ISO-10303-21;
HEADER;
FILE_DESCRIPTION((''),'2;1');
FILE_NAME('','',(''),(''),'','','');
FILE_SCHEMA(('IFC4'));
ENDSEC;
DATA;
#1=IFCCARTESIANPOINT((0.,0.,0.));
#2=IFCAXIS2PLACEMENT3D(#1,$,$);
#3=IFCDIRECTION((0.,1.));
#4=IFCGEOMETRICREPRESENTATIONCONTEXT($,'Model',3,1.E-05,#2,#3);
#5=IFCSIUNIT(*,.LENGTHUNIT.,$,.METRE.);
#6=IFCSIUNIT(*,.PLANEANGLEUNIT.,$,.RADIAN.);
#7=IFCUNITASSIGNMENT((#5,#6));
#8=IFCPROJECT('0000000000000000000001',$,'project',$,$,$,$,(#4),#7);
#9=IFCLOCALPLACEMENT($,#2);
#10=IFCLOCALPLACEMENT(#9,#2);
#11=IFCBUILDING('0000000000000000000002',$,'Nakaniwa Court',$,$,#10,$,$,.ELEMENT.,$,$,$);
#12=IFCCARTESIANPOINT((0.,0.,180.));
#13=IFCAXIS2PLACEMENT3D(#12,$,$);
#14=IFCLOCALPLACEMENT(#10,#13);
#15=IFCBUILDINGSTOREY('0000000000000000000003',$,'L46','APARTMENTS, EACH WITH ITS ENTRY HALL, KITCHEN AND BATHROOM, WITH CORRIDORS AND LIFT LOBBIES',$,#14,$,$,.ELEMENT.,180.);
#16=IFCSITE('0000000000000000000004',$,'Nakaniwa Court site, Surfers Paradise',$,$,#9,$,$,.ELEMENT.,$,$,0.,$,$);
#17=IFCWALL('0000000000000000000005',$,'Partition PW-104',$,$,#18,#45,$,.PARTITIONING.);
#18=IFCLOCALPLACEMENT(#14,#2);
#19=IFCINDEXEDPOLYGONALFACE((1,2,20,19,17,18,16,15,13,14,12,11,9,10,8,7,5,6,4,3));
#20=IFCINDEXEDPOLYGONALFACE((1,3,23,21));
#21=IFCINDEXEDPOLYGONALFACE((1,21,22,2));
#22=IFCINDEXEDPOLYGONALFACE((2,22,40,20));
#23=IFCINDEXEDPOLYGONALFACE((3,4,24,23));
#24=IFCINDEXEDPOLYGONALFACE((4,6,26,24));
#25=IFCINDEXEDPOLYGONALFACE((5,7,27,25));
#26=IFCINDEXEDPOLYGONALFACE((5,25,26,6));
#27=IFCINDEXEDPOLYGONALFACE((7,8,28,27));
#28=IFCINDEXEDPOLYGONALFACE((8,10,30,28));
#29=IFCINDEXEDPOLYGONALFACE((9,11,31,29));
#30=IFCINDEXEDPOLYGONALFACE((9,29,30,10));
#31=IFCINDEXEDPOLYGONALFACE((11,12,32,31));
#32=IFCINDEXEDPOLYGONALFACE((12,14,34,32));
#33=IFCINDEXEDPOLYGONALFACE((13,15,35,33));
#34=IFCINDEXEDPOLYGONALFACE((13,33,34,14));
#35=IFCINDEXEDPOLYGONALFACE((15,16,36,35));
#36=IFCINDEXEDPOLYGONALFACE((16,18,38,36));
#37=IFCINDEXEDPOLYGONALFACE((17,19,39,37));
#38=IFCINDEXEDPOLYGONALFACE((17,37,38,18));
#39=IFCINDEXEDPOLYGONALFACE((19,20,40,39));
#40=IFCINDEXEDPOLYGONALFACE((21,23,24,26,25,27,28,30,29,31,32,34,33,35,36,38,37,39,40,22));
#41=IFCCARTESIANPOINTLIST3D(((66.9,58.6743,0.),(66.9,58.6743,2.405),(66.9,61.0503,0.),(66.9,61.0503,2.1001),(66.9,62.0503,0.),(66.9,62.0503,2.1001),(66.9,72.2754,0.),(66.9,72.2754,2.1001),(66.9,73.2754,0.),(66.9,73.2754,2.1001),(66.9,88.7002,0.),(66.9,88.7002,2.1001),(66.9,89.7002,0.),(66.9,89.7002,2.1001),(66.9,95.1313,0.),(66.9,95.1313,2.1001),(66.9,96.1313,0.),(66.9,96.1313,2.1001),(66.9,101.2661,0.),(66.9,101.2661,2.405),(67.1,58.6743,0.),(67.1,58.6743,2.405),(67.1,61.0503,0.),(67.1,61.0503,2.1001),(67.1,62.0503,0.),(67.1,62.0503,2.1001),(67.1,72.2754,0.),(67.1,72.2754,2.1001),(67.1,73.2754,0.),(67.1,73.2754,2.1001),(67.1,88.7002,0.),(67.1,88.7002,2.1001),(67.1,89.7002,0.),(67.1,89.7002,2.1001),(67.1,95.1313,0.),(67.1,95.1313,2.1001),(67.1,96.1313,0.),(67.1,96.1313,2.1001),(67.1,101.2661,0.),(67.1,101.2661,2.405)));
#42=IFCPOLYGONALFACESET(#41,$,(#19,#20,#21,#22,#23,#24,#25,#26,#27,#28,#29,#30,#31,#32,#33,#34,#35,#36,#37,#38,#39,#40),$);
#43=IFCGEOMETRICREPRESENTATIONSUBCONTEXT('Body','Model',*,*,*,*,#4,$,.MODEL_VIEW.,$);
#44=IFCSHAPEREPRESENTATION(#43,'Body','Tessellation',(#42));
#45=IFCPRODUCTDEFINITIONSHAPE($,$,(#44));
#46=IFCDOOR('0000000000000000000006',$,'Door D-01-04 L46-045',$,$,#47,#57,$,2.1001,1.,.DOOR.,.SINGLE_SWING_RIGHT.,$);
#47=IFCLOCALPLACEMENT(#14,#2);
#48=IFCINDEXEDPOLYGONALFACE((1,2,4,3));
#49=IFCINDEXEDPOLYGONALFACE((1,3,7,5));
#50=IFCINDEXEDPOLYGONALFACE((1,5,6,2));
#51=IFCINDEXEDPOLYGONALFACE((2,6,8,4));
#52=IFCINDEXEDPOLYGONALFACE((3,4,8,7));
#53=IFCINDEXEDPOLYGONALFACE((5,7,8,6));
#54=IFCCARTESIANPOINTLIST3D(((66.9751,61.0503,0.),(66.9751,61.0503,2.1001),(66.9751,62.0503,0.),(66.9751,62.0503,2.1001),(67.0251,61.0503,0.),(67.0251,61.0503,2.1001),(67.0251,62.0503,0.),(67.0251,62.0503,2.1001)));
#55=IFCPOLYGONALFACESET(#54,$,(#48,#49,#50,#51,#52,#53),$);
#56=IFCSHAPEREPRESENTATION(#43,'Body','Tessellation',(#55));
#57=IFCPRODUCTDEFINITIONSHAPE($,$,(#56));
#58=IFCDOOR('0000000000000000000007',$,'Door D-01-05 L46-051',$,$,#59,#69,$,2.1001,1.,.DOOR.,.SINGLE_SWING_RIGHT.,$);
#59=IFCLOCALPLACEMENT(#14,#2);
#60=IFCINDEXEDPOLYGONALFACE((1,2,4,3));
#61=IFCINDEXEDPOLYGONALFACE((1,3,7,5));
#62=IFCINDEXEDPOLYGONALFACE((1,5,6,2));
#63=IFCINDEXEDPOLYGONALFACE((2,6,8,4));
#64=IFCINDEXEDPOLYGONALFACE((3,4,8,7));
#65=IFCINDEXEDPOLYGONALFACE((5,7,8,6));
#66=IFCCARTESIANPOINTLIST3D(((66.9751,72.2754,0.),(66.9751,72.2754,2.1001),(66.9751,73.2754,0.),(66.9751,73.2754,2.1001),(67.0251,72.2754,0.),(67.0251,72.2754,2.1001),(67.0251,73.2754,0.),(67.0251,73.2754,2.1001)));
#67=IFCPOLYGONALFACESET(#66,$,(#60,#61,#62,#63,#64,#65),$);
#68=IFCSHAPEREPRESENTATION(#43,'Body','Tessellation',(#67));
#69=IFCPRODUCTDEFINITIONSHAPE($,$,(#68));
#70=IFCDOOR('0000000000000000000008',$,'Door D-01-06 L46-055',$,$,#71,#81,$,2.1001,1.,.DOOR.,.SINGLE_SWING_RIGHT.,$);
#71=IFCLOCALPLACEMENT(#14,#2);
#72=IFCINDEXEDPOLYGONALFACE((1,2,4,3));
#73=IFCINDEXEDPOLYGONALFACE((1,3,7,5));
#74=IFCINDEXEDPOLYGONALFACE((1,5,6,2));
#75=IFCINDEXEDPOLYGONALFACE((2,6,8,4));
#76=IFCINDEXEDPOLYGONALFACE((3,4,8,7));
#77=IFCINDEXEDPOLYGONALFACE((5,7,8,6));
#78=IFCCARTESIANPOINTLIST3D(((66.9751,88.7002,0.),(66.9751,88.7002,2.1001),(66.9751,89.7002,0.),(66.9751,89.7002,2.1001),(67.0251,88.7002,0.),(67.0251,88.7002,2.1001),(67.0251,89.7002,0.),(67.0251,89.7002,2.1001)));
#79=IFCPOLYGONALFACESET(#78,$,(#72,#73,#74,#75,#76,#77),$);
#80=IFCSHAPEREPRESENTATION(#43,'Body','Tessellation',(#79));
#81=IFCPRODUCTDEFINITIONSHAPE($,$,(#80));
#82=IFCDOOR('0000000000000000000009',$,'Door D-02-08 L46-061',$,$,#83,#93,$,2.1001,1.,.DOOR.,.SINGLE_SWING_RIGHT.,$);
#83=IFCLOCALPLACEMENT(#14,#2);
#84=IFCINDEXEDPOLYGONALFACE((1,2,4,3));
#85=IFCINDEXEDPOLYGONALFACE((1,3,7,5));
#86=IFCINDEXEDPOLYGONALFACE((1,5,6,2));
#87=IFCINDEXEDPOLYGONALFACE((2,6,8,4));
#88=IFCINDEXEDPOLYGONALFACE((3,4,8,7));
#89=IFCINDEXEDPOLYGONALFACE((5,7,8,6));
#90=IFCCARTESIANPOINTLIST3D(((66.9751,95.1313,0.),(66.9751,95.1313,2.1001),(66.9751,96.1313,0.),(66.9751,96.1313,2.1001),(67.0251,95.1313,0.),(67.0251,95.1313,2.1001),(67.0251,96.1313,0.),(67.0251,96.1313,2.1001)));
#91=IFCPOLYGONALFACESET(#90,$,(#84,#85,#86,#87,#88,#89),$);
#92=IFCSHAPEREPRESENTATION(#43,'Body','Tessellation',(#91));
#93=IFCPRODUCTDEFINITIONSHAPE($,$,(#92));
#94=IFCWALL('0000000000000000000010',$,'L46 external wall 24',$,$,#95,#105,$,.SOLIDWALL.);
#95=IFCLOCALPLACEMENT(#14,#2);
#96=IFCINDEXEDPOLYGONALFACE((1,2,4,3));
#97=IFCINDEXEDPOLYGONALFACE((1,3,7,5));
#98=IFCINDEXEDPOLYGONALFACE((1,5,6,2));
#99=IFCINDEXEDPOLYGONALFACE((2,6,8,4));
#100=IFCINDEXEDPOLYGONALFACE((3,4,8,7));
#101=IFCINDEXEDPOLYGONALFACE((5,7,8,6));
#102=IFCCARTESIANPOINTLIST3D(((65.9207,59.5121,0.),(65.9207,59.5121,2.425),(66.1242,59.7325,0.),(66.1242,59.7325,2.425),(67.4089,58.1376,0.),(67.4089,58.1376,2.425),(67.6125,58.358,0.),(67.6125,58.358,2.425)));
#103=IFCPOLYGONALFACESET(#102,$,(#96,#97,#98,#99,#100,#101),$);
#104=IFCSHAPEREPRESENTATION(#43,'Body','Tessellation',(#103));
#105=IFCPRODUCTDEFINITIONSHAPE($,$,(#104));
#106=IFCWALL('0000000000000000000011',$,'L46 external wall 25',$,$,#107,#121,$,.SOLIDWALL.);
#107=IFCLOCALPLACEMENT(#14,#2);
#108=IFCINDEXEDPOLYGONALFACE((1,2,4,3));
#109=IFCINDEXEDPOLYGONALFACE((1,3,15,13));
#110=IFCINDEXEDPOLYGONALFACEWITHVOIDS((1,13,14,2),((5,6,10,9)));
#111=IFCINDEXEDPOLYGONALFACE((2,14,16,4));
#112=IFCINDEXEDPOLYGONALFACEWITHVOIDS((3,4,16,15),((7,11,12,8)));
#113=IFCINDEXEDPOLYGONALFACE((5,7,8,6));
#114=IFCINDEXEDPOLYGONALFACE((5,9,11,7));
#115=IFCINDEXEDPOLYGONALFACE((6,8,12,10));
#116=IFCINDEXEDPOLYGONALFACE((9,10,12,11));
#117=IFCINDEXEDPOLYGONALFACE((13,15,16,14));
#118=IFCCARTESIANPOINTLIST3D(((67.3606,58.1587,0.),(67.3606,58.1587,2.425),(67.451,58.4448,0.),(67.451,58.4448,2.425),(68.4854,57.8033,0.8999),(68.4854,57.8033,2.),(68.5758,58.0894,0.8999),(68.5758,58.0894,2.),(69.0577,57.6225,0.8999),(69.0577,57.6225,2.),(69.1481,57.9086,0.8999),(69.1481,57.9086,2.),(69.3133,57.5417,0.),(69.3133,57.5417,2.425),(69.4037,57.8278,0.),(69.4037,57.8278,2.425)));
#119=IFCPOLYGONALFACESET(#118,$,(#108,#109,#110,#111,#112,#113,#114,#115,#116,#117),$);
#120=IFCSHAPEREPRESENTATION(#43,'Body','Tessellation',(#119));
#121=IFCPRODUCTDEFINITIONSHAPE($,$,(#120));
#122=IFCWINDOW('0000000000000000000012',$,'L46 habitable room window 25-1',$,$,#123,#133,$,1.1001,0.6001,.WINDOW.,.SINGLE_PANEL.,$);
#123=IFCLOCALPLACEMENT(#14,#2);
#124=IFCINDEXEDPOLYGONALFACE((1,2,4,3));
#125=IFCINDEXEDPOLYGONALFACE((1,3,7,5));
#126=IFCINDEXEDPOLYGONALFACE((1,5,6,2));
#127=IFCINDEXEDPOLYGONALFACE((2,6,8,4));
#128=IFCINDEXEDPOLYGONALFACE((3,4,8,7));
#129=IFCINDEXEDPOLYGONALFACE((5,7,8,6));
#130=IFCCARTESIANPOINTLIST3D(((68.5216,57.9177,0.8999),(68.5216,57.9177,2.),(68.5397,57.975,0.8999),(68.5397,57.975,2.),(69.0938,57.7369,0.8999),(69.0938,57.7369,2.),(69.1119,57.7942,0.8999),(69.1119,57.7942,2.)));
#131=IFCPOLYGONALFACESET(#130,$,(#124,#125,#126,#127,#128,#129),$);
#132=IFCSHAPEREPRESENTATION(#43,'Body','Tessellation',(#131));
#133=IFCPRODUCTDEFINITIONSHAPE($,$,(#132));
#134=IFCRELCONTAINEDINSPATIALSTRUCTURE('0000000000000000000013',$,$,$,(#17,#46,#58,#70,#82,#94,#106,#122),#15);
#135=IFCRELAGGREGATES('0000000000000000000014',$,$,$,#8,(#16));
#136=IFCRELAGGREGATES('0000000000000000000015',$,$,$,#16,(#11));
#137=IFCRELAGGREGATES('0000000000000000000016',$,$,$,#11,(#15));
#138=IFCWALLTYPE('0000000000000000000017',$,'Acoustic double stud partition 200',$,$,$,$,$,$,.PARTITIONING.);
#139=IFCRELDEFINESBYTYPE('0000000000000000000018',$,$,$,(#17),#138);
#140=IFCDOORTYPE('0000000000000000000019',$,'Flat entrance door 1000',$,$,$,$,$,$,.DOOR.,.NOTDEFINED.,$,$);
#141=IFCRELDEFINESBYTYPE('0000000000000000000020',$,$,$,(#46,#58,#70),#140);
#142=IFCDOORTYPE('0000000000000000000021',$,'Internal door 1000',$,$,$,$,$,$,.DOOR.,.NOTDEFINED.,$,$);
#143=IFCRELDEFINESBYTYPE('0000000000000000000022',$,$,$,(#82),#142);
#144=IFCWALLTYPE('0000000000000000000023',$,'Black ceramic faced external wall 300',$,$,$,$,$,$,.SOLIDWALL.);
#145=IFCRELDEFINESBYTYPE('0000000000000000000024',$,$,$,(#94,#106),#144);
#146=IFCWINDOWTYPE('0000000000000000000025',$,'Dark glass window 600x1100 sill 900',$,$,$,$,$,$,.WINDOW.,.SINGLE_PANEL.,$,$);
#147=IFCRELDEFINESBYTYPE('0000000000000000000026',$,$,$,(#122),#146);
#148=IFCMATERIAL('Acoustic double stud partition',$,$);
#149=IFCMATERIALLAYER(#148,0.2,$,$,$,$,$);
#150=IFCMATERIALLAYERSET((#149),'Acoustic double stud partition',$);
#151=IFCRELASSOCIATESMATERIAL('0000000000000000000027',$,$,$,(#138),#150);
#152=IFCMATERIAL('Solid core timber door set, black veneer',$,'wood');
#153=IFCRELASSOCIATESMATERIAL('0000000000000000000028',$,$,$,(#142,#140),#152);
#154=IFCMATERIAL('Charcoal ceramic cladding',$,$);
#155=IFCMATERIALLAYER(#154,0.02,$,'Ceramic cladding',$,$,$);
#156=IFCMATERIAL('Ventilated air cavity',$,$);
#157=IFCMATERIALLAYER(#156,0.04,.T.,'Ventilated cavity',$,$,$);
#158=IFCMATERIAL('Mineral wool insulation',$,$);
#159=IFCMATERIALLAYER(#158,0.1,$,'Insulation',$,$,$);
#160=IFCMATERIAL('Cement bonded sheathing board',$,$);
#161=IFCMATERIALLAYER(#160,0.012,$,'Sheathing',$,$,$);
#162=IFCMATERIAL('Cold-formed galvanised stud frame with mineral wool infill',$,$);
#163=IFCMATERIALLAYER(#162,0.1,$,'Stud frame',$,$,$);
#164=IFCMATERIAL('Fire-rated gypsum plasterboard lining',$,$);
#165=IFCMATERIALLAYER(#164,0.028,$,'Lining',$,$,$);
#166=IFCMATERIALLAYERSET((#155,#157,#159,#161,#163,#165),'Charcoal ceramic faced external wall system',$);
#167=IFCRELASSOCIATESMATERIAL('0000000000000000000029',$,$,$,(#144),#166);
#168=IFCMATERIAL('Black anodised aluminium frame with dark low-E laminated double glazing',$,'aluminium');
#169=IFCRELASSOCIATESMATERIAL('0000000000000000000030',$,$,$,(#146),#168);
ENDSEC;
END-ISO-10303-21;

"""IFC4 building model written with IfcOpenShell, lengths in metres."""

from ifc_helpers import new_model, si_unit, direction, frame, frame_2d, origin, place, context, subcontext, project, spatial, rectangle, extrude, material, layer, layer_set, type_object, element, fill, save


model = new_model("IFC4")

# Units and contexts
model_context = context("Model", 3, precision=1e-05, world=origin(), true_north=direction((0.0, 1.0)))
body_context = subcontext(model_context, "Body", "Model", "MODEL_VIEW")
ifc_project = project(units=[si_unit("LENGTHUNIT", "METRE"), si_unit("PLANEANGLEUNIT", "RADIAN")], contexts=[model_context])

# Site, building, storey
site_placement = place(None, origin())
site = spatial("IfcSite", under=ifc_project, at=site_placement, Name="Nakaniwa Court site, Surfers Paradise", CompositionType="ELEMENT", RefElevation=0.0)
building_placement = place(site_placement, origin())
building = spatial("IfcBuilding", under=site, at=building_placement, Name="Nakaniwa Court", CompositionType="ELEMENT")
storey_placement = place(building_placement, frame((0.0, 0.0, 180.0)))
storey = spatial("IfcBuildingStorey", under=building, at=storey_placement, Name="L46", Description="APARTMENTS, EACH WITH ITS ENTRY HALL, KITCHEN AND BATHROOM, WITH CORRIDORS AND LIFT LOBBIES", CompositionType="ELEMENT", Elevation=180.0)

# Shared definitions
ifc_material_1 = material(Name="Acoustic double stud partition")
ifc_layer_1 = layer(ifc_material_1, 0.2)
ifc_layer_set_1 = layer_set([ifc_layer_1], Name="Acoustic double stud partition")
wall_type_1 = type_object("IfcWallType", Name="Acoustic double stud partition 200", PredefinedType="PARTITIONING", material=ifc_layer_set_1)

# Shared definitions
ifc_material_2 = material(Name="Solid core timber door set, black veneer", Category="wood")
door_type_1 = type_object("IfcDoorType", Name="Internal door 1000", OperationType="NOTDEFINED", PredefinedType="DOOR", material=ifc_material_2)

# Wall, openings, doors
wall_1_placement = place(storey_placement, frame((67.0, 58.6743, 0.0), z_axis=(0.0, 0.0, 1.0), x_axis=(0.0, 1.0, 0.0)))
wall_1 = element("IfcWall", 1, at=wall_1_placement, inside=storey, type_object=wall_type_1, Name="Partition PW-104", PredefinedType="PARTITIONING", context=body_context, shape_type="SweptSolid", body=[
    extrude(rectangle(XDim=42.5918, YDim=0.2, at=frame_2d((21.2959, 0.0))), origin(), (0.0, 0.0, 1.0), 2.405),
])
opening_1_placement = place(wall_1_placement, frame((2.376, 0.0, 0.0)))
opening_1 = element("IfcOpeningElement", 2, at=opening_1_placement, cuts=wall_1, PredefinedType="OPENING", context=body_context, shape_type="SweptSolid", body=[
    extrude(rectangle(XDim=1.0, YDim=2.1001, at=frame_2d((0.5, 1.05))), frame((0.0, 0.1099, 0.0), z_axis=(0.0, -1.0, 0.0), x_axis=(1.0, 0.0, 0.0)), (0.0, 0.0, 1.0), 0.22),
])
opening_2_placement = place(wall_1_placement, frame((13.6011, 0.0, 0.0)))
opening_2 = element("IfcOpeningElement", 3, at=opening_2_placement, cuts=wall_1, PredefinedType="OPENING", context=body_context, shape_type="SweptSolid", body=[
    extrude(rectangle(XDim=1.0, YDim=2.1001, at=frame_2d((0.5, 1.05))), frame((0.0, 0.1099, 0.0), z_axis=(0.0, -1.0, 0.0), x_axis=(1.0, 0.0, 0.0)), (0.0, 0.0, 1.0), 0.22),
])
opening_3_placement = place(wall_1_placement, frame((30.0259, 0.0, 0.0)))
opening_3 = element("IfcOpeningElement", 4, at=opening_3_placement, cuts=wall_1, PredefinedType="OPENING", context=body_context, shape_type="SweptSolid", body=[
    extrude(rectangle(XDim=1.0, YDim=2.1001, at=frame_2d((0.5, 1.05))), frame((0.0, 0.1099, 0.0), z_axis=(0.0, -1.0, 0.0), x_axis=(1.0, 0.0, 0.0)), (0.0, 0.0, 1.0), 0.22),
])
opening_4_placement = place(wall_1_placement, frame((36.457, 0.0, 0.0)))
opening_4 = element("IfcOpeningElement", 5, at=opening_4_placement, cuts=wall_1, PredefinedType="OPENING", context=body_context, shape_type="SweptSolid", body=[
    extrude(rectangle(XDim=1.0, YDim=2.1001, at=frame_2d((0.5, 1.05))), frame((0.0, 0.1099, 0.0), z_axis=(0.0, -1.0, 0.0), x_axis=(1.0, 0.0, 0.0)), (0.0, 0.0, 1.0), 0.22),
])
door_type_2 = type_object("IfcDoorType", Name="Flat entrance door 1000", OperationType="NOTDEFINED", PredefinedType="DOOR", material=ifc_material_2)
door_1_placement = place(opening_1_placement, origin())
door_1 = element("IfcDoor", 6, at=door_1_placement, inside=storey, type_object=door_type_2, Name="Door D-01-04 L46-045", OperationType="SINGLE_SWING_RIGHT", OverallHeight=2.1001, OverallWidth=1.0, PredefinedType="DOOR", context=body_context, shape_type="SweptSolid", body=[
    extrude(rectangle(XDim=1.0, YDim=2.1001, at=frame_2d((0.5, 1.05))), frame((0.0, 0.0249, 0.0), z_axis=(0.0, -1.0, 0.0), x_axis=(1.0, 0.0, 0.0)), (0.0, 0.0, 1.0), 0.05),
])
fill(opening_1, door_1)
door_2_placement = place(opening_2_placement, origin())
door_2 = element("IfcDoor", 7, at=door_2_placement, inside=storey, type_object=door_type_2, Name="Door D-01-05 L46-051", OperationType="SINGLE_SWING_RIGHT", OverallHeight=2.1001, OverallWidth=1.0, PredefinedType="DOOR", context=body_context, shape_type="SweptSolid", body=[
    extrude(rectangle(XDim=1.0, YDim=2.1001, at=frame_2d((0.5, 1.05))), frame((0.0, 0.0249, 0.0), z_axis=(0.0, -1.0, 0.0), x_axis=(1.0, 0.0, 0.0)), (0.0, 0.0, 1.0), 0.05),
])
fill(opening_2, door_2)
door_3_placement = place(opening_3_placement, origin())
door_3 = element("IfcDoor", 8, at=door_3_placement, inside=storey, type_object=door_type_2, Name="Door D-01-06 L46-055", OperationType="SINGLE_SWING_RIGHT", OverallHeight=2.1001, OverallWidth=1.0, PredefinedType="DOOR", context=body_context, shape_type="SweptSolid", body=[
    extrude(rectangle(XDim=1.0, YDim=2.1001, at=frame_2d((0.5, 1.05))), frame((0.0, 0.0249, 0.0), z_axis=(0.0, -1.0, 0.0), x_axis=(1.0, 0.0, 0.0)), (0.0, 0.0, 1.0), 0.05),
])
fill(opening_3, door_3)
door_4_placement = place(opening_4_placement, origin())
door_4 = element("IfcDoor", 9, at=door_4_placement, inside=storey, type_object=door_type_1, Name="Door D-02-08 L46-061", OperationType="SINGLE_SWING_RIGHT", OverallHeight=2.1001, OverallWidth=1.0, PredefinedType="DOOR", context=body_context, shape_type="SweptSolid", body=[
    extrude(rectangle(XDim=1.0, YDim=2.1001, at=frame_2d((0.5, 1.05))), frame((0.0, 0.0249, 0.0), z_axis=(0.0, -1.0, 0.0), x_axis=(1.0, 0.0, 0.0)), (0.0, 0.0, 1.0), 0.05),
])
fill(opening_4, door_4)

# Wall
ifc_material_3 = material(Name="Charcoal ceramic cladding")
ifc_layer_2 = layer(ifc_material_3, 0.02, Name="Ceramic cladding")
ifc_material_4 = material(Name="Ventilated air cavity")
ifc_layer_3 = layer(ifc_material_4, 0.04, ventilated=True, Name="Ventilated cavity")
ifc_material_5 = material(Name="Mineral wool insulation")
ifc_layer_4 = layer(ifc_material_5, 0.1, Name="Insulation")
ifc_material_6 = material(Name="Cement bonded sheathing board")
ifc_layer_5 = layer(ifc_material_6, 0.012, Name="Sheathing")
ifc_material_7 = material(Name="Cold-formed galvanised stud frame with mineral wool infill")
ifc_layer_6 = layer(ifc_material_7, 0.1, Name="Stud frame")
ifc_material_8 = material(Name="Fire-rated gypsum plasterboard lining")
ifc_layer_7 = layer(ifc_material_8, 0.028, Name="Lining")
ifc_layer_set_2 = layer_set([ifc_layer_2, ifc_layer_3, ifc_layer_4, ifc_layer_5, ifc_layer_6, ifc_layer_7], Name="Charcoal ceramic faced external wall system")
wall_type_2 = type_object("IfcWallType", Name="Black ceramic faced external wall 300", PredefinedType="SOLIDWALL", material=ifc_layer_set_2)
wall_2_placement = place(storey_placement, frame((66.0225, 59.6223, 0.0), z_axis=(0.0, 0.0, 1.0), x_axis=(0.734628, -0.67847, 0.0)))
element("IfcWall", 10, at=wall_2_placement, inside=storey, type_object=wall_type_2, Name="L46 external wall 24", PredefinedType="SOLIDWALL", context=body_context, shape_type="SweptSolid", body=[
    extrude(rectangle(XDim=2.0259, YDim=0.3, at=frame_2d((1.0129, 0.0))), origin(), (0.0, 0.0, 1.0), 2.425),
])

# Wall, opening, window
wall_3_placement = place(storey_placement, frame((67.4058, 58.3018, 0.0), z_axis=(0.0, 0.0, 1.0), x_axis=(0.953538, -0.301274, 0.0)))
wall_3 = element("IfcWall", 11, at=wall_3_placement, inside=storey, type_object=wall_type_2, Name="L46 external wall 25", PredefinedType="SOLIDWALL", context=body_context, shape_type="SweptSolid", body=[
    extrude(rectangle(XDim=2.0479, YDim=0.3, at=frame_2d((1.0239, 0.0))), origin(), (0.0, 0.0, 1.0), 2.425),
])
opening_5_placement = place(wall_3_placement, frame((1.1797, 0.0, 0.8999)))
opening_5 = element("IfcOpeningElement", 12, at=opening_5_placement, cuts=wall_3, PredefinedType="OPENING", context=body_context, shape_type="SweptSolid", body=[
    extrude(rectangle(XDim=0.6001, YDim=1.1001, at=frame_2d((0.3, 0.55))), frame((0.0, 0.1599, 0.0), z_axis=(0.0, -1.0, 0.0), x_axis=(1.0, 0.0, 0.0)), (0.0, 0.0, 1.0), 0.3201),
])
ifc_material_9 = material(Name="Black anodised aluminium frame with dark low-E laminated double glazing", Category="aluminium")
window_type = type_object("IfcWindowType", Name="Dark glass window 600x1100 sill 900", PartitioningType="SINGLE_PANEL", PredefinedType="WINDOW", material=ifc_material_9)
window_placement = place(opening_5_placement, origin())
window = element("IfcWindow", 13, at=window_placement, inside=storey, type_object=window_type, Name="L46 habitable room window 25-1", OverallHeight=1.1001, OverallWidth=0.6001, PartitioningType="SINGLE_PANEL", PredefinedType="WINDOW", context=body_context, shape_type="SweptSolid", body=[
    extrude(rectangle(XDim=0.6001, YDim=1.1001, at=frame_2d((0.3, 0.55))), frame((0.0, 0.03, 0.0), z_axis=(0.0, -1.0, 0.0), x_axis=(1.0, 0.0, 0.0)), (0.0, 0.0, 1.0), 0.0601),
])
fill(opening_5, window)

save(model, "model.ifc")
